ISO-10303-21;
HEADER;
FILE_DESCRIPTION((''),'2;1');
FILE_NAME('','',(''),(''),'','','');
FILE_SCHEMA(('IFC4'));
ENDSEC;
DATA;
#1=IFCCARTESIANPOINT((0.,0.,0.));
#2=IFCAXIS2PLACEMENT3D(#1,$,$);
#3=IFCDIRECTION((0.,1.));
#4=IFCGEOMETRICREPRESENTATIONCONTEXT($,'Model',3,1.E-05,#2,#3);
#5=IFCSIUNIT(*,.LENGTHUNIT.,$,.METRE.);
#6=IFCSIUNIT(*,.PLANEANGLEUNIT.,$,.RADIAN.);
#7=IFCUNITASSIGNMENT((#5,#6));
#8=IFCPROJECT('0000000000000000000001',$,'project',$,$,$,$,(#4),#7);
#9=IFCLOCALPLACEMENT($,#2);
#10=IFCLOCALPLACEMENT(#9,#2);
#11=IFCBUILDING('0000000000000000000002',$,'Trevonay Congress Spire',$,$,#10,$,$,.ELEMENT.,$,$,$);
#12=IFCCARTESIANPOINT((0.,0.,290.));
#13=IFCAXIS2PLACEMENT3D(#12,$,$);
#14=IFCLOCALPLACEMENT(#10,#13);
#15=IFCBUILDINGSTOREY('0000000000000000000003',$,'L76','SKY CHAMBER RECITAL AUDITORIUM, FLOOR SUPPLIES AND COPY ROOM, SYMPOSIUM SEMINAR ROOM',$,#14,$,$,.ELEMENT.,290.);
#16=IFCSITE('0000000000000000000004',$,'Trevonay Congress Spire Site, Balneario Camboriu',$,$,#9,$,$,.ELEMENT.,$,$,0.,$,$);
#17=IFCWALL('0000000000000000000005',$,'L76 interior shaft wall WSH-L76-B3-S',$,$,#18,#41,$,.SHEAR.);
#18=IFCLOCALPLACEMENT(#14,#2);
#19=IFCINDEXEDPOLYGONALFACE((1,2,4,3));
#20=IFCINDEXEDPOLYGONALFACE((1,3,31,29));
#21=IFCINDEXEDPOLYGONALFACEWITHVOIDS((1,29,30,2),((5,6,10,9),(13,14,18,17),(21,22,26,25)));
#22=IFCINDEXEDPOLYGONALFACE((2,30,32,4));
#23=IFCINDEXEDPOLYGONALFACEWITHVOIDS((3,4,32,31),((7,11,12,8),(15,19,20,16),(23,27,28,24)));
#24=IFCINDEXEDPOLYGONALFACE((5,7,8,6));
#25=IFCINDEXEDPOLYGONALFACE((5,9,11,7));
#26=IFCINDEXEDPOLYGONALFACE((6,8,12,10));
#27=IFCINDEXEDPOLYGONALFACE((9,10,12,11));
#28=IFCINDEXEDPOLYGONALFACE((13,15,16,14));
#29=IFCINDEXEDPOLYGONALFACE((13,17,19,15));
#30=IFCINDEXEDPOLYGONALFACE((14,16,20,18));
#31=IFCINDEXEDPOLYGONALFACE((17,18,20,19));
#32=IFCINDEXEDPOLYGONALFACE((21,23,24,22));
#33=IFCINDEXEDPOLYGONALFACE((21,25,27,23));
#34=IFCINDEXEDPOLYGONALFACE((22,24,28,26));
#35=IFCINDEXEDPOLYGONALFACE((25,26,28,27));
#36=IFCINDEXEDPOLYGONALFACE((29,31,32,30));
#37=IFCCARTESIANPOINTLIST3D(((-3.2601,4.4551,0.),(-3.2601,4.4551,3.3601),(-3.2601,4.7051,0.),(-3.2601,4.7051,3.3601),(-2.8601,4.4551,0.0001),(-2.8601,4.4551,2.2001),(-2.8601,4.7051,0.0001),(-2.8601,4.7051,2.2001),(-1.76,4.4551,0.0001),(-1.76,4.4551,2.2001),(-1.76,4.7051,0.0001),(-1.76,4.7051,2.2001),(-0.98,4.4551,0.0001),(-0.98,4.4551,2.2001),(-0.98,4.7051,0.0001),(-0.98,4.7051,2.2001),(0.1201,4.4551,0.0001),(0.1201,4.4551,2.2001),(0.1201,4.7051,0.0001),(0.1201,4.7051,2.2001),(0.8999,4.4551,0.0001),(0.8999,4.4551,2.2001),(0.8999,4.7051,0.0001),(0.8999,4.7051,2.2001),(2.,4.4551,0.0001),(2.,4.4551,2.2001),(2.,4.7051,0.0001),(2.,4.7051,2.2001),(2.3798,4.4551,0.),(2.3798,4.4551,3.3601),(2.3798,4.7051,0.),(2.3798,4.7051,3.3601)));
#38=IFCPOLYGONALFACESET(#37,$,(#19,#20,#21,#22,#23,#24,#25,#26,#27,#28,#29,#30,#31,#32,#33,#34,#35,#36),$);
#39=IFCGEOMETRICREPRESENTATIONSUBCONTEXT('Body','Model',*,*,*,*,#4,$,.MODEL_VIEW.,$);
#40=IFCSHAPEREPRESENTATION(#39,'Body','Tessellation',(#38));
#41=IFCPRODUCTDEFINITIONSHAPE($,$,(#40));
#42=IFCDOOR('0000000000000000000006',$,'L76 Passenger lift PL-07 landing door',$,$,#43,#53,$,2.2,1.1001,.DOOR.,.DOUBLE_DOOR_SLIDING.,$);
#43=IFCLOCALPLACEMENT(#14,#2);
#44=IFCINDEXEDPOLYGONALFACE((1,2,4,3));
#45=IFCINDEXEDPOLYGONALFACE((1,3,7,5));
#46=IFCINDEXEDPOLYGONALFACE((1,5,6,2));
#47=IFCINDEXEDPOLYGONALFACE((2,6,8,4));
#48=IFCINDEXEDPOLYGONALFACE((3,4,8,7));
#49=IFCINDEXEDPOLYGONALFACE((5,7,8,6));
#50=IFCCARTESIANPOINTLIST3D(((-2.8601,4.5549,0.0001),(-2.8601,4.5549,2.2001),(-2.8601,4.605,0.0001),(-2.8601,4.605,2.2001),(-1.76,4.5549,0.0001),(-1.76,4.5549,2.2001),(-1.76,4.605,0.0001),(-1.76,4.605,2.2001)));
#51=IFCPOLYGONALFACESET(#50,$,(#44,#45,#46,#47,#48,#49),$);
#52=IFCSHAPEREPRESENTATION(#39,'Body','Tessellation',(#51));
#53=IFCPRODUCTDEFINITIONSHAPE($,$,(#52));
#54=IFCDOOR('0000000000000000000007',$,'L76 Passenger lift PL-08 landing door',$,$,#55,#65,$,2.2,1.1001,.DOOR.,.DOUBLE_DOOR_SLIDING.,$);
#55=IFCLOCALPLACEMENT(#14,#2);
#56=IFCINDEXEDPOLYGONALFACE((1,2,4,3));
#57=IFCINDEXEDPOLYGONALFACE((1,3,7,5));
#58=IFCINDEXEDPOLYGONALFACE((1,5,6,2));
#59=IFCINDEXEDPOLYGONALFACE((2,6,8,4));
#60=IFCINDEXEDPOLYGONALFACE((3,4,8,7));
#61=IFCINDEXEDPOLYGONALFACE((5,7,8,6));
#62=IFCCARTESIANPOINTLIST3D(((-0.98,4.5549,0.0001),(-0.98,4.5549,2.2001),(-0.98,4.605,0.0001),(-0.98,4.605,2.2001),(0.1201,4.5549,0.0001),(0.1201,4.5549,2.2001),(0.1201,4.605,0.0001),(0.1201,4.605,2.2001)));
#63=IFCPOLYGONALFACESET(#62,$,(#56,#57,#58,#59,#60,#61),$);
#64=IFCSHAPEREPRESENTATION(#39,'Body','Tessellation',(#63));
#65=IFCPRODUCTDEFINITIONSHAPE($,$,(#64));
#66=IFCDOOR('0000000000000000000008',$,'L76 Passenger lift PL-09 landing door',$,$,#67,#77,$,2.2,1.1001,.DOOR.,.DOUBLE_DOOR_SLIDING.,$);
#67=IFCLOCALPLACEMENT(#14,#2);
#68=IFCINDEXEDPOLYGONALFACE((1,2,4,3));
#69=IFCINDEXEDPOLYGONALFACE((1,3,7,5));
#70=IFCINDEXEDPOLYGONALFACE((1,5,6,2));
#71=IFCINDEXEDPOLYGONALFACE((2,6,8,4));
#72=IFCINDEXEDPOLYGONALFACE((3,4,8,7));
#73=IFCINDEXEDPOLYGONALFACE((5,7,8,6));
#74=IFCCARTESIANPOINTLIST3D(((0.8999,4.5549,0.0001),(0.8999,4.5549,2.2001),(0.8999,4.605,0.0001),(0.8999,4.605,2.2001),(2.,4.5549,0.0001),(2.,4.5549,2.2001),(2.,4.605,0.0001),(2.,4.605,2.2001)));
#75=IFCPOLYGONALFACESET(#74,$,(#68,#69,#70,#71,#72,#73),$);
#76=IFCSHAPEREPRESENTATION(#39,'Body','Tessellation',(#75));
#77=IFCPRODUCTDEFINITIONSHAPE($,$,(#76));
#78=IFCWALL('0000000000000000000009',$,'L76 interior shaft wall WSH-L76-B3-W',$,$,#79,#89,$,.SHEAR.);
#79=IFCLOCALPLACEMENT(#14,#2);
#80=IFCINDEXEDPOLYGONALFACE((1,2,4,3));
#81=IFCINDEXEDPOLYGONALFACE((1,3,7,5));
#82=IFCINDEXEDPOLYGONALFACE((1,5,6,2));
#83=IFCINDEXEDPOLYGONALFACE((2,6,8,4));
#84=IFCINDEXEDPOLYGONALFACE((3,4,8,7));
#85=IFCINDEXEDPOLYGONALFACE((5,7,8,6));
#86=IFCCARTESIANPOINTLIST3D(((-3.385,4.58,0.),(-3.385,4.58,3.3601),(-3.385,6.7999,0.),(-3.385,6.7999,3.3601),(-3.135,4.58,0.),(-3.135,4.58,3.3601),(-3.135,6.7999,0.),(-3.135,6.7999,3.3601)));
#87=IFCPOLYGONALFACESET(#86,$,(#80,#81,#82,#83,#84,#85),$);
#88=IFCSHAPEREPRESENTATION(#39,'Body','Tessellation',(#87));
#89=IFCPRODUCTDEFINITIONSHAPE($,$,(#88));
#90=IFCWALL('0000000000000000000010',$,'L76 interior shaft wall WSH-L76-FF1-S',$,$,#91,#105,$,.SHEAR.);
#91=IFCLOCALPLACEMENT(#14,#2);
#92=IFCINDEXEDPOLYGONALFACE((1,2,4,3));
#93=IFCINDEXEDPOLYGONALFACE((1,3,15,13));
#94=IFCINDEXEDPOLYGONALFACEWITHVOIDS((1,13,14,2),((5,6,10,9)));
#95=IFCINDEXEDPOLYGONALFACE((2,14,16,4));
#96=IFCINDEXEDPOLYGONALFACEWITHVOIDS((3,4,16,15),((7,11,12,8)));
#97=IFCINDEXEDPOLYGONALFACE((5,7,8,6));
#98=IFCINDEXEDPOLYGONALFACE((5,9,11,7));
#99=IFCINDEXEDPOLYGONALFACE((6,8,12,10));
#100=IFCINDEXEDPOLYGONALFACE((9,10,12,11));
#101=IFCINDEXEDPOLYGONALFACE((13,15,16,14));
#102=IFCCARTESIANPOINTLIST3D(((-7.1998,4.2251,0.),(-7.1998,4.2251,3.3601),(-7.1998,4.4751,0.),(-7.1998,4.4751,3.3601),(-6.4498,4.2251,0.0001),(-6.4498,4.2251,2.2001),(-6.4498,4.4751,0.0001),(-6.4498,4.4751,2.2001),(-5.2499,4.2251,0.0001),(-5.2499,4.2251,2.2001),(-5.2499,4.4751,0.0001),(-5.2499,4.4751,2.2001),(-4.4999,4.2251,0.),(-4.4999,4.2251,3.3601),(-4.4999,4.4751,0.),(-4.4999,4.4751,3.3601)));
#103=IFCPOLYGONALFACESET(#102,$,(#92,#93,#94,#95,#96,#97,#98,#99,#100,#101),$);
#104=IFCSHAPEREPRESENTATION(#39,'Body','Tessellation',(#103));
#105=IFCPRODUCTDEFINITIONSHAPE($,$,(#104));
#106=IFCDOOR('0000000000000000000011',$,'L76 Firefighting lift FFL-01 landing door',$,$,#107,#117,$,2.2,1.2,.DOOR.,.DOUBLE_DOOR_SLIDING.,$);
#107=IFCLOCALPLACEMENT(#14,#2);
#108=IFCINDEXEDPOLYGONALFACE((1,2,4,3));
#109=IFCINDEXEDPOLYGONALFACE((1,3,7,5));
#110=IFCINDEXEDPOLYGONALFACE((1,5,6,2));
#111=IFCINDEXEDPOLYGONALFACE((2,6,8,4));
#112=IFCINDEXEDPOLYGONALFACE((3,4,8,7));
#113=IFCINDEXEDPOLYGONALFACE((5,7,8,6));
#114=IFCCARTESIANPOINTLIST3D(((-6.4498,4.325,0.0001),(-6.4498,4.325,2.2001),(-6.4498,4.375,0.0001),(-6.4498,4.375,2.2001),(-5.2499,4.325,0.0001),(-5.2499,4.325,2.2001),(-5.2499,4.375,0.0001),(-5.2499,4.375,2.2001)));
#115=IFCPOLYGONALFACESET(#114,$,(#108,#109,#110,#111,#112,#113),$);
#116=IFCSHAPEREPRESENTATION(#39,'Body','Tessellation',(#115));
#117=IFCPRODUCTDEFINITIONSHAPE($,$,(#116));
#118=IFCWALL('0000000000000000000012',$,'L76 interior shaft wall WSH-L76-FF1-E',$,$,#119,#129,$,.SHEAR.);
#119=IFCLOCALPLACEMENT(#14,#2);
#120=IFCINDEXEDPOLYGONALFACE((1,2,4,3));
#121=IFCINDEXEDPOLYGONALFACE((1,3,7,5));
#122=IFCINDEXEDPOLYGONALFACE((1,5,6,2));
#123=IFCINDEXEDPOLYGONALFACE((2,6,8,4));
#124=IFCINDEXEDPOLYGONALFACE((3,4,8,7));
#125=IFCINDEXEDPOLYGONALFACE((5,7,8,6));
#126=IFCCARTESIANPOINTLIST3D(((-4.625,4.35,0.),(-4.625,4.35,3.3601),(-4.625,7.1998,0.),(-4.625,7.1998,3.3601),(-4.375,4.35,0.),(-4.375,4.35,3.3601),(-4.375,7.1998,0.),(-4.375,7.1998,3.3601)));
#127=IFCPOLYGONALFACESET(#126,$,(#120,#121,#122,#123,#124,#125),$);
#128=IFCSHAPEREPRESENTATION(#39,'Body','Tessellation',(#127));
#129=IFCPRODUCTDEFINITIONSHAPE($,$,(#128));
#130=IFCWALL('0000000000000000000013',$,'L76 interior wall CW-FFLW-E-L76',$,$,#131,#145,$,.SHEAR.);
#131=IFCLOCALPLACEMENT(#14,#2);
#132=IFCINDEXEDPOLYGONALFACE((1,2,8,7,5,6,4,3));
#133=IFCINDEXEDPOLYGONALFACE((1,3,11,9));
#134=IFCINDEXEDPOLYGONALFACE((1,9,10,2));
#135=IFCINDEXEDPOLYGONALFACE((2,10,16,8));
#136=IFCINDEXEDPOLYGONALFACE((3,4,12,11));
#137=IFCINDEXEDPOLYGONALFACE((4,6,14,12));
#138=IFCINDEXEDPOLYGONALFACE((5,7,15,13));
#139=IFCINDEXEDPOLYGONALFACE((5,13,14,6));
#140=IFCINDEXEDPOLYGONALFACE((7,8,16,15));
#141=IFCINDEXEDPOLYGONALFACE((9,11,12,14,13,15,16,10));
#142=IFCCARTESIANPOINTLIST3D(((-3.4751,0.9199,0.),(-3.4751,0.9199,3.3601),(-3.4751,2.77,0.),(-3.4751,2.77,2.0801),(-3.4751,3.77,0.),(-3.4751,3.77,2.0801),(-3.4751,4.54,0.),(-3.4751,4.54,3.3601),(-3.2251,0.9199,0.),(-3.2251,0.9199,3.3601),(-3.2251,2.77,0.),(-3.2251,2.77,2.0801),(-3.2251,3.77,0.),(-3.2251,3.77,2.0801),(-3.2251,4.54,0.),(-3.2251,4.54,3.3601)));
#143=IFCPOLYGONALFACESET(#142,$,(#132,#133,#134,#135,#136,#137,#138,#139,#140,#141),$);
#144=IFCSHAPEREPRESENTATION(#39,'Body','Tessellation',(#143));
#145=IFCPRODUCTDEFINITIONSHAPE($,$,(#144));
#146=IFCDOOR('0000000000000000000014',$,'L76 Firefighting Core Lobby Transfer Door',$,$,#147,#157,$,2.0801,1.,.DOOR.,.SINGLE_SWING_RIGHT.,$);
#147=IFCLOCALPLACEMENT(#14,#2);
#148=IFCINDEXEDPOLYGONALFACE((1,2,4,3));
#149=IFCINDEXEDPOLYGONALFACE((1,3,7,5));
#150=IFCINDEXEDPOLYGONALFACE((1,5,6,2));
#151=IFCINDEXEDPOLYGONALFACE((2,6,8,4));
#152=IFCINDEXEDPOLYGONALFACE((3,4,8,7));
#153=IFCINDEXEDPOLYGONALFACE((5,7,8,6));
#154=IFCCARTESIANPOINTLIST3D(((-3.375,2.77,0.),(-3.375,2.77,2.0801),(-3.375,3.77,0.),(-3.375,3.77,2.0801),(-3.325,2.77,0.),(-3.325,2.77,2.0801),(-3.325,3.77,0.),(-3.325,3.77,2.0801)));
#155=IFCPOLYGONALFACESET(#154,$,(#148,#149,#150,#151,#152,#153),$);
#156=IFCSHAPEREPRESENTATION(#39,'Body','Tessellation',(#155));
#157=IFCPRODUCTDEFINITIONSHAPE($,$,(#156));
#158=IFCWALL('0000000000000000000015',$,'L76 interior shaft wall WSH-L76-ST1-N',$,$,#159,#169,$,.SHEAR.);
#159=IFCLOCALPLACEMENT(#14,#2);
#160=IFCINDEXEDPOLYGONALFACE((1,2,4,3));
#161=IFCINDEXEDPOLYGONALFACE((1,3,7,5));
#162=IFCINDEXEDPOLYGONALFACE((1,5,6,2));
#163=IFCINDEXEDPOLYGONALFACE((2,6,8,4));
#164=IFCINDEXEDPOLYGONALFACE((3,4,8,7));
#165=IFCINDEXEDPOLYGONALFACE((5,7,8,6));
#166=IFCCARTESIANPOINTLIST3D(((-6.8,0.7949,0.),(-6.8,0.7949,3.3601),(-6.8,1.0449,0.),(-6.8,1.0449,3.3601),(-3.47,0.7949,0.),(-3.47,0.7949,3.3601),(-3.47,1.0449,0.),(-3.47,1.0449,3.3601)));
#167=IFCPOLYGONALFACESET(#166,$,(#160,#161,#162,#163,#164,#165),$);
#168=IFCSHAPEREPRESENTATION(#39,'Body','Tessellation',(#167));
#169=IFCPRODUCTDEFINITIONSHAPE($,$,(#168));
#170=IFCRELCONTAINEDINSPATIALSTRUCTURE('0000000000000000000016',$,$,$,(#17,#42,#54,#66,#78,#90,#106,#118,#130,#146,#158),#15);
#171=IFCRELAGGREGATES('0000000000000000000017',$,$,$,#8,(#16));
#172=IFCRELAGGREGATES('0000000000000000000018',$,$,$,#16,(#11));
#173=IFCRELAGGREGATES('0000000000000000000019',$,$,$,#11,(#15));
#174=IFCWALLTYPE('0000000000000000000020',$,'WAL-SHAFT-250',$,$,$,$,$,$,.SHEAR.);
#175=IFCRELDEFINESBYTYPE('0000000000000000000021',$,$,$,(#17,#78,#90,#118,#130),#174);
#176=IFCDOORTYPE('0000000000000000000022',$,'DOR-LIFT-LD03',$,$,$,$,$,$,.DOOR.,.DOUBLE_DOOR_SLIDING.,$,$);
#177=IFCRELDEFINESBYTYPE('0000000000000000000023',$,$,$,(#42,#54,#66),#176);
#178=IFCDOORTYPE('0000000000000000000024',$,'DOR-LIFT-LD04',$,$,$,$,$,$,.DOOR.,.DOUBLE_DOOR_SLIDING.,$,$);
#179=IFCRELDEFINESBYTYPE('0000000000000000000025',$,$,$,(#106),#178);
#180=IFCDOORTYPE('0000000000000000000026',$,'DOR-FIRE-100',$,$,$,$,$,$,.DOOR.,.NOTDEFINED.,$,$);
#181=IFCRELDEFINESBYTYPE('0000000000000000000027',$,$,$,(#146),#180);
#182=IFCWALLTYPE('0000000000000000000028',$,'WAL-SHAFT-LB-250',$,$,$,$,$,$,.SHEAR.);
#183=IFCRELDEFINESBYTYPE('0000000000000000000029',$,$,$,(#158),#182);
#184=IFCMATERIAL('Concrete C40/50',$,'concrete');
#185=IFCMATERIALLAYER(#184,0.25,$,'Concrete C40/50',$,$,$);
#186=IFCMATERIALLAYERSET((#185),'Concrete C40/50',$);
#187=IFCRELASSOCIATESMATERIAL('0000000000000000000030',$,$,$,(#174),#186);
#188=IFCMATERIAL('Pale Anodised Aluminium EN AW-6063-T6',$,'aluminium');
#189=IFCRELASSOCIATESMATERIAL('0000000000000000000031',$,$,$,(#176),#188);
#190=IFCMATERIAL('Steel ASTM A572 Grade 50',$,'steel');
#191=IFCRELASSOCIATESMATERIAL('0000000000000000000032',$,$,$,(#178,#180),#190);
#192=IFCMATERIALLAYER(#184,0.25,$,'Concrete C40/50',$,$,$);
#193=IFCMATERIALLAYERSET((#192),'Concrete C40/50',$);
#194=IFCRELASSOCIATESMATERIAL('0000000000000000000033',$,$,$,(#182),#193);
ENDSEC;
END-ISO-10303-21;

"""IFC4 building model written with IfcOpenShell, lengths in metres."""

from ifc_helpers import new_model, si_unit, direction, frame, frame_2d, origin, place, context, subcontext, project, spatial, rectangle, extrude, material, layer, layer_set, type_object, element, fill, save


model = new_model("IFC4")

# Units and contexts
model_context = context("Model", 3, precision=1e-05, world=origin(), true_north=direction((0.0, 1.0)))
body_context = subcontext(model_context, "Body", "Model", "MODEL_VIEW")
ifc_project = project(units=[si_unit("LENGTHUNIT", "METRE"), si_unit("PLANEANGLEUNIT", "RADIAN")], contexts=[model_context])

# Site, building, storey
site_placement = place(None, origin())
site = spatial("IfcSite", under=ifc_project, at=site_placement, Name="Trevonay Congress Spire Site, Balneario Camboriu", CompositionType="ELEMENT", RefElevation=0.0)
building_placement = place(site_placement, origin())
building = spatial("IfcBuilding", under=site, at=building_placement, Name="Trevonay Congress Spire", CompositionType="ELEMENT")
storey_placement = place(building_placement, frame((0.0, 0.0, 290.0)))
storey = spatial("IfcBuildingStorey", under=building, at=storey_placement, Name="L76", Description="SKY CHAMBER RECITAL AUDITORIUM, FLOOR SUPPLIES AND COPY ROOM, SYMPOSIUM SEMINAR ROOM", CompositionType="ELEMENT", Elevation=290.0)

# Shared definitions
ifc_material_1 = material(Name="Steel ASTM A572 Grade 50", Category="steel")

# Shared definitions
ifc_material_2 = material(Name="Concrete C40/50", Category="concrete")

# Wall, openings, doors
ifc_layer_1 = layer(ifc_material_2, 0.25, Name="Concrete C40/50")
ifc_layer_set_1 = layer_set([ifc_layer_1], Name="Concrete C40/50")
wall_type_1 = type_object("IfcWallType", Name="WAL-SHAFT-250", PredefinedType="SHEAR", material=ifc_layer_set_1)
wall_1_placement = place(storey_placement, frame((-3.26, 4.5801, 0.0), z_axis=(0.0, 0.0, 1.0), x_axis=(1.0, 0.0, 0.0)))
wall_1 = element("IfcWall", 1, at=wall_1_placement, inside=storey, type_object=wall_type_1, Name="L76 interior shaft wall WSH-L76-B3-S", PredefinedType="SHEAR", context=body_context, shape_type="SweptSolid", body=[
    extrude(rectangle(XDim=5.6399, YDim=0.25, at=frame_2d((2.8198, 0.0))), origin(), (0.0, 0.0, 1.0), 3.3601),
])
opening_1_placement = place(wall_1_placement, frame((0.3999, 0.0, 0.0)))
opening_1 = element("IfcOpeningElement", 2, at=opening_1_placement, cuts=wall_1, PredefinedType="OPENING", context=body_context, shape_type="SweptSolid", body=[
    extrude(rectangle(XDim=1.1001, YDim=2.2, at=frame_2d((0.55, 1.1001))), frame((0.0, 0.135, 0.0), z_axis=(0.0, -1.0, 0.0), x_axis=(1.0, 0.0, 0.0)), (0.0, 0.0, 1.0), 0.27),
])
opening_2_placement = place(wall_1_placement, frame((2.28, 0.0, 0.0)))
opening_2 = element("IfcOpeningElement", 3, at=opening_2_placement, cuts=wall_1, PredefinedType="OPENING", context=body_context, shape_type="SweptSolid", body=[
    extrude(rectangle(XDim=1.1001, YDim=2.2, at=frame_2d((0.55, 1.1001))), frame((0.0, 0.135, 0.0), z_axis=(0.0, -1.0, 0.0), x_axis=(1.0, 0.0, 0.0)), (0.0, 0.0, 1.0), 0.27),
])
opening_3_placement = place(wall_1_placement, frame((4.1599, 0.0, 0.0)))
opening_3 = element("IfcOpeningElement", 4, at=opening_3_placement, cuts=wall_1, PredefinedType="OPENING", context=body_context, shape_type="SweptSolid", body=[
    extrude(rectangle(XDim=1.1001, YDim=2.2, at=frame_2d((0.55, 1.1001))), frame((0.0, 0.135, 0.0), z_axis=(0.0, -1.0, 0.0), x_axis=(1.0, 0.0, 0.0)), (0.0, 0.0, 1.0), 0.27),
])
ifc_material_3 = material(Name="Pale Anodised Aluminium EN AW-6063-T6", Category="aluminium")
door_type_1 = type_object("IfcDoorType", Name="DOR-LIFT-LD03", OperationType="DOUBLE_DOOR_SLIDING", PredefinedType="DOOR", material=ifc_material_3)
door_1_placement = place(opening_1_placement, origin())
door_1 = element("IfcDoor", 5, at=door_1_placement, inside=storey, type_object=door_type_1, Name="L76 Passenger lift PL-07 landing door", OperationType="DOUBLE_DOOR_SLIDING", OverallHeight=2.2, OverallWidth=1.1001, PredefinedType="DOOR", context=body_context, shape_type="SweptSolid", body=[
    extrude(rectangle(XDim=1.1001, YDim=2.2, at=frame_2d((0.55, 1.1001))), frame((0.0, 0.0249, 0.0), z_axis=(0.0, -1.0, 0.0), x_axis=(1.0, 0.0, 0.0)), (0.0, 0.0, 1.0), 0.05),
])
fill(opening_1, door_1)
door_2_placement = place(opening_2_placement, origin())
door_2 = element("IfcDoor", 6, at=door_2_placement, inside=storey, type_object=door_type_1, Name="L76 Passenger lift PL-08 landing door", OperationType="DOUBLE_DOOR_SLIDING", OverallHeight=2.2, OverallWidth=1.1001, PredefinedType="DOOR", context=body_context, shape_type="SweptSolid", body=[
    extrude(rectangle(XDim=1.1001, YDim=2.2, at=frame_2d((0.55, 1.1001))), frame((0.0, 0.0249, 0.0), z_axis=(0.0, -1.0, 0.0), x_axis=(1.0, 0.0, 0.0)), (0.0, 0.0, 1.0), 0.05),
])
fill(opening_2, door_2)
door_3_placement = place(opening_3_placement, origin())
door_3 = element("IfcDoor", 7, at=door_3_placement, inside=storey, type_object=door_type_1, Name="L76 Passenger lift PL-09 landing door", OperationType="DOUBLE_DOOR_SLIDING", OverallHeight=2.2, OverallWidth=1.1001, PredefinedType="DOOR", context=body_context, shape_type="SweptSolid", body=[
    extrude(rectangle(XDim=1.1001, YDim=2.2, at=frame_2d((0.55, 1.1001))), frame((0.0, 0.0249, 0.0), z_axis=(0.0, -1.0, 0.0), x_axis=(1.0, 0.0, 0.0)), (0.0, 0.0, 1.0), 0.05),
])
fill(opening_3, door_3)

# Wall
wall_2_placement = place(storey_placement, frame((-3.26, 4.5801, 0.0), z_axis=(0.0, 0.0, 1.0), x_axis=(0.0, 1.0, 0.0)))
element("IfcWall", 8, at=wall_2_placement, inside=storey, type_object=wall_type_1, Name="L76 interior shaft wall WSH-L76-B3-W", PredefinedType="SHEAR", context=body_context, shape_type="SweptSolid", body=[
    extrude(rectangle(XDim=2.22, YDim=0.25, at=frame_2d((1.1099, 0.0))), origin(), (0.0, 0.0, 1.0), 3.3601),
])

# Wall, opening, door
wall_3_placement = place(storey_placement, frame((-7.2, 4.3501, 0.0), z_axis=(0.0, 0.0, 1.0), x_axis=(1.0, 0.0, 0.0)))
wall_3 = element("IfcWall", 9, at=wall_3_placement, inside=storey, type_object=wall_type_1, Name="L76 interior shaft wall WSH-L76-FF1-S", PredefinedType="SHEAR", context=body_context, shape_type="SweptSolid", body=[
    extrude(rectangle(XDim=2.7, YDim=0.25, at=frame_2d((1.3501, 0.0))), origin(), (0.0, 0.0, 1.0), 3.3601),
])
opening_4_placement = place(wall_3_placement, frame((0.75, 0.0, 0.0)))
opening_4 = element("IfcOpeningElement", 10, at=opening_4_placement, cuts=wall_3, PredefinedType="OPENING", context=body_context, shape_type="SweptSolid", body=[
    extrude(rectangle(XDim=1.2, YDim=2.2, at=frame_2d((0.6001, 1.1001))), frame((0.0, 0.135, 0.0), z_axis=(0.0, -1.0, 0.0), x_axis=(1.0, 0.0, 0.0)), (0.0, 0.0, 1.0), 0.27),
])
door_type_2 = type_object("IfcDoorType", Name="DOR-LIFT-LD04", OperationType="DOUBLE_DOOR_SLIDING", PredefinedType="DOOR", material=ifc_material_1)
door_4_placement = place(opening_4_placement, origin())
door_4 = element("IfcDoor", 11, at=door_4_placement, inside=storey, type_object=door_type_2, Name="L76 Firefighting lift FFL-01 landing door", OperationType="DOUBLE_DOOR_SLIDING", OverallHeight=2.2, OverallWidth=1.2, PredefinedType="DOOR", context=body_context, shape_type="SweptSolid", body=[
    extrude(rectangle(XDim=1.2, YDim=2.2, at=frame_2d((0.6001, 1.1001))), frame((0.0, 0.0249, 0.0), z_axis=(0.0, -1.0, 0.0), x_axis=(1.0, 0.0, 0.0)), (0.0, 0.0, 1.0), 0.05),
])
fill(opening_4, door_4)

# Wall
wall_4_placement = place(storey_placement, frame((-4.5, 4.3501, 0.0), z_axis=(0.0, 0.0, 1.0), x_axis=(0.0, 1.0, 0.0)))
element("IfcWall", 12, at=wall_4_placement, inside=storey, type_object=wall_type_1, Name="L76 interior shaft wall WSH-L76-FF1-E", PredefinedType="SHEAR", context=body_context, shape_type="SweptSolid", body=[
    extrude(rectangle(XDim=2.8499, YDim=0.25, at=frame_2d((1.4248, 0.0))), origin(), (0.0, 0.0, 1.0), 3.3601),
])

# Wall, opening, door
wall_5_placement = place(storey_placement, frame((-3.3501, 0.9199, 0.0), z_axis=(0.0, 0.0, 1.0), x_axis=(0.0, 1.0, 0.0)))
wall_5 = element("IfcWall", 13, at=wall_5_placement, inside=storey, type_object=wall_type_1, Name="L76 interior wall CW-FFLW-E-L76", PredefinedType="SHEAR", context=body_context, shape_type="SweptSolid", body=[
    extrude(rectangle(XDim=3.6201, YDim=0.25, at=frame_2d((1.8101, 0.0))), origin(), (0.0, 0.0, 1.0), 3.3601),
])
opening_5_placement = place(wall_5_placement, frame((1.8501, 0.0, 0.0)))
opening_5 = element("IfcOpeningElement", 14, at=opening_5_placement, cuts=wall_5, PredefinedType="OPENING", context=body_context, shape_type="SweptSolid", body=[
    extrude(rectangle(XDim=1.0, YDim=2.0801, at=frame_2d((0.5, 1.04))), frame((0.0, 0.135, 0.0), z_axis=(0.0, -1.0, 0.0), x_axis=(1.0, 0.0, 0.0)), (0.0, 0.0, 1.0), 0.27),
])
door_type_3 = type_object("IfcDoorType", Name="DOR-FIRE-100", OperationType="NOTDEFINED", PredefinedType="DOOR", material=ifc_material_1)
door_5_placement = place(opening_5_placement, origin())
door_5 = element("IfcDoor", 15, at=door_5_placement, inside=storey, type_object=door_type_3, Name="L76 Firefighting Core Lobby Transfer Door", OperationType="SINGLE_SWING_RIGHT", OverallHeight=2.0801, OverallWidth=1.0, PredefinedType="DOOR", context=body_context, shape_type="SweptSolid", body=[
    extrude(rectangle(XDim=1.0, YDim=2.0801, at=frame_2d((0.5, 1.04))), frame((0.0, 0.0249, 0.0), z_axis=(0.0, -1.0, 0.0), x_axis=(1.0, 0.0, 0.0)), (0.0, 0.0, 1.0), 0.05),
])
fill(opening_5, door_5)

# Wall
ifc_layer_2 = layer(ifc_material_2, 0.25, Name="Concrete C40/50")
ifc_layer_set_2 = layer_set([ifc_layer_2], Name="Concrete C40/50")
wall_type_2 = type_object("IfcWallType", Name="WAL-SHAFT-LB-250", PredefinedType="SHEAR", material=ifc_layer_set_2)
wall_6_placement = place(storey_placement, frame((-6.8, 0.9199, 0.0), z_axis=(0.0, 0.0, 1.0), x_axis=(1.0, 0.0, 0.0)))
element("IfcWall", 16, at=wall_6_placement, inside=storey, type_object=wall_type_2, Name="L76 interior shaft wall WSH-L76-ST1-N", PredefinedType="SHEAR", context=body_context, shape_type="SweptSolid", body=[
    extrude(rectangle(XDim=3.3301, YDim=0.25, at=frame_2d((1.665, 0.0))), origin(), (0.0, 0.0, 1.0), 3.3601),
])

save(model, "model.ifc")
